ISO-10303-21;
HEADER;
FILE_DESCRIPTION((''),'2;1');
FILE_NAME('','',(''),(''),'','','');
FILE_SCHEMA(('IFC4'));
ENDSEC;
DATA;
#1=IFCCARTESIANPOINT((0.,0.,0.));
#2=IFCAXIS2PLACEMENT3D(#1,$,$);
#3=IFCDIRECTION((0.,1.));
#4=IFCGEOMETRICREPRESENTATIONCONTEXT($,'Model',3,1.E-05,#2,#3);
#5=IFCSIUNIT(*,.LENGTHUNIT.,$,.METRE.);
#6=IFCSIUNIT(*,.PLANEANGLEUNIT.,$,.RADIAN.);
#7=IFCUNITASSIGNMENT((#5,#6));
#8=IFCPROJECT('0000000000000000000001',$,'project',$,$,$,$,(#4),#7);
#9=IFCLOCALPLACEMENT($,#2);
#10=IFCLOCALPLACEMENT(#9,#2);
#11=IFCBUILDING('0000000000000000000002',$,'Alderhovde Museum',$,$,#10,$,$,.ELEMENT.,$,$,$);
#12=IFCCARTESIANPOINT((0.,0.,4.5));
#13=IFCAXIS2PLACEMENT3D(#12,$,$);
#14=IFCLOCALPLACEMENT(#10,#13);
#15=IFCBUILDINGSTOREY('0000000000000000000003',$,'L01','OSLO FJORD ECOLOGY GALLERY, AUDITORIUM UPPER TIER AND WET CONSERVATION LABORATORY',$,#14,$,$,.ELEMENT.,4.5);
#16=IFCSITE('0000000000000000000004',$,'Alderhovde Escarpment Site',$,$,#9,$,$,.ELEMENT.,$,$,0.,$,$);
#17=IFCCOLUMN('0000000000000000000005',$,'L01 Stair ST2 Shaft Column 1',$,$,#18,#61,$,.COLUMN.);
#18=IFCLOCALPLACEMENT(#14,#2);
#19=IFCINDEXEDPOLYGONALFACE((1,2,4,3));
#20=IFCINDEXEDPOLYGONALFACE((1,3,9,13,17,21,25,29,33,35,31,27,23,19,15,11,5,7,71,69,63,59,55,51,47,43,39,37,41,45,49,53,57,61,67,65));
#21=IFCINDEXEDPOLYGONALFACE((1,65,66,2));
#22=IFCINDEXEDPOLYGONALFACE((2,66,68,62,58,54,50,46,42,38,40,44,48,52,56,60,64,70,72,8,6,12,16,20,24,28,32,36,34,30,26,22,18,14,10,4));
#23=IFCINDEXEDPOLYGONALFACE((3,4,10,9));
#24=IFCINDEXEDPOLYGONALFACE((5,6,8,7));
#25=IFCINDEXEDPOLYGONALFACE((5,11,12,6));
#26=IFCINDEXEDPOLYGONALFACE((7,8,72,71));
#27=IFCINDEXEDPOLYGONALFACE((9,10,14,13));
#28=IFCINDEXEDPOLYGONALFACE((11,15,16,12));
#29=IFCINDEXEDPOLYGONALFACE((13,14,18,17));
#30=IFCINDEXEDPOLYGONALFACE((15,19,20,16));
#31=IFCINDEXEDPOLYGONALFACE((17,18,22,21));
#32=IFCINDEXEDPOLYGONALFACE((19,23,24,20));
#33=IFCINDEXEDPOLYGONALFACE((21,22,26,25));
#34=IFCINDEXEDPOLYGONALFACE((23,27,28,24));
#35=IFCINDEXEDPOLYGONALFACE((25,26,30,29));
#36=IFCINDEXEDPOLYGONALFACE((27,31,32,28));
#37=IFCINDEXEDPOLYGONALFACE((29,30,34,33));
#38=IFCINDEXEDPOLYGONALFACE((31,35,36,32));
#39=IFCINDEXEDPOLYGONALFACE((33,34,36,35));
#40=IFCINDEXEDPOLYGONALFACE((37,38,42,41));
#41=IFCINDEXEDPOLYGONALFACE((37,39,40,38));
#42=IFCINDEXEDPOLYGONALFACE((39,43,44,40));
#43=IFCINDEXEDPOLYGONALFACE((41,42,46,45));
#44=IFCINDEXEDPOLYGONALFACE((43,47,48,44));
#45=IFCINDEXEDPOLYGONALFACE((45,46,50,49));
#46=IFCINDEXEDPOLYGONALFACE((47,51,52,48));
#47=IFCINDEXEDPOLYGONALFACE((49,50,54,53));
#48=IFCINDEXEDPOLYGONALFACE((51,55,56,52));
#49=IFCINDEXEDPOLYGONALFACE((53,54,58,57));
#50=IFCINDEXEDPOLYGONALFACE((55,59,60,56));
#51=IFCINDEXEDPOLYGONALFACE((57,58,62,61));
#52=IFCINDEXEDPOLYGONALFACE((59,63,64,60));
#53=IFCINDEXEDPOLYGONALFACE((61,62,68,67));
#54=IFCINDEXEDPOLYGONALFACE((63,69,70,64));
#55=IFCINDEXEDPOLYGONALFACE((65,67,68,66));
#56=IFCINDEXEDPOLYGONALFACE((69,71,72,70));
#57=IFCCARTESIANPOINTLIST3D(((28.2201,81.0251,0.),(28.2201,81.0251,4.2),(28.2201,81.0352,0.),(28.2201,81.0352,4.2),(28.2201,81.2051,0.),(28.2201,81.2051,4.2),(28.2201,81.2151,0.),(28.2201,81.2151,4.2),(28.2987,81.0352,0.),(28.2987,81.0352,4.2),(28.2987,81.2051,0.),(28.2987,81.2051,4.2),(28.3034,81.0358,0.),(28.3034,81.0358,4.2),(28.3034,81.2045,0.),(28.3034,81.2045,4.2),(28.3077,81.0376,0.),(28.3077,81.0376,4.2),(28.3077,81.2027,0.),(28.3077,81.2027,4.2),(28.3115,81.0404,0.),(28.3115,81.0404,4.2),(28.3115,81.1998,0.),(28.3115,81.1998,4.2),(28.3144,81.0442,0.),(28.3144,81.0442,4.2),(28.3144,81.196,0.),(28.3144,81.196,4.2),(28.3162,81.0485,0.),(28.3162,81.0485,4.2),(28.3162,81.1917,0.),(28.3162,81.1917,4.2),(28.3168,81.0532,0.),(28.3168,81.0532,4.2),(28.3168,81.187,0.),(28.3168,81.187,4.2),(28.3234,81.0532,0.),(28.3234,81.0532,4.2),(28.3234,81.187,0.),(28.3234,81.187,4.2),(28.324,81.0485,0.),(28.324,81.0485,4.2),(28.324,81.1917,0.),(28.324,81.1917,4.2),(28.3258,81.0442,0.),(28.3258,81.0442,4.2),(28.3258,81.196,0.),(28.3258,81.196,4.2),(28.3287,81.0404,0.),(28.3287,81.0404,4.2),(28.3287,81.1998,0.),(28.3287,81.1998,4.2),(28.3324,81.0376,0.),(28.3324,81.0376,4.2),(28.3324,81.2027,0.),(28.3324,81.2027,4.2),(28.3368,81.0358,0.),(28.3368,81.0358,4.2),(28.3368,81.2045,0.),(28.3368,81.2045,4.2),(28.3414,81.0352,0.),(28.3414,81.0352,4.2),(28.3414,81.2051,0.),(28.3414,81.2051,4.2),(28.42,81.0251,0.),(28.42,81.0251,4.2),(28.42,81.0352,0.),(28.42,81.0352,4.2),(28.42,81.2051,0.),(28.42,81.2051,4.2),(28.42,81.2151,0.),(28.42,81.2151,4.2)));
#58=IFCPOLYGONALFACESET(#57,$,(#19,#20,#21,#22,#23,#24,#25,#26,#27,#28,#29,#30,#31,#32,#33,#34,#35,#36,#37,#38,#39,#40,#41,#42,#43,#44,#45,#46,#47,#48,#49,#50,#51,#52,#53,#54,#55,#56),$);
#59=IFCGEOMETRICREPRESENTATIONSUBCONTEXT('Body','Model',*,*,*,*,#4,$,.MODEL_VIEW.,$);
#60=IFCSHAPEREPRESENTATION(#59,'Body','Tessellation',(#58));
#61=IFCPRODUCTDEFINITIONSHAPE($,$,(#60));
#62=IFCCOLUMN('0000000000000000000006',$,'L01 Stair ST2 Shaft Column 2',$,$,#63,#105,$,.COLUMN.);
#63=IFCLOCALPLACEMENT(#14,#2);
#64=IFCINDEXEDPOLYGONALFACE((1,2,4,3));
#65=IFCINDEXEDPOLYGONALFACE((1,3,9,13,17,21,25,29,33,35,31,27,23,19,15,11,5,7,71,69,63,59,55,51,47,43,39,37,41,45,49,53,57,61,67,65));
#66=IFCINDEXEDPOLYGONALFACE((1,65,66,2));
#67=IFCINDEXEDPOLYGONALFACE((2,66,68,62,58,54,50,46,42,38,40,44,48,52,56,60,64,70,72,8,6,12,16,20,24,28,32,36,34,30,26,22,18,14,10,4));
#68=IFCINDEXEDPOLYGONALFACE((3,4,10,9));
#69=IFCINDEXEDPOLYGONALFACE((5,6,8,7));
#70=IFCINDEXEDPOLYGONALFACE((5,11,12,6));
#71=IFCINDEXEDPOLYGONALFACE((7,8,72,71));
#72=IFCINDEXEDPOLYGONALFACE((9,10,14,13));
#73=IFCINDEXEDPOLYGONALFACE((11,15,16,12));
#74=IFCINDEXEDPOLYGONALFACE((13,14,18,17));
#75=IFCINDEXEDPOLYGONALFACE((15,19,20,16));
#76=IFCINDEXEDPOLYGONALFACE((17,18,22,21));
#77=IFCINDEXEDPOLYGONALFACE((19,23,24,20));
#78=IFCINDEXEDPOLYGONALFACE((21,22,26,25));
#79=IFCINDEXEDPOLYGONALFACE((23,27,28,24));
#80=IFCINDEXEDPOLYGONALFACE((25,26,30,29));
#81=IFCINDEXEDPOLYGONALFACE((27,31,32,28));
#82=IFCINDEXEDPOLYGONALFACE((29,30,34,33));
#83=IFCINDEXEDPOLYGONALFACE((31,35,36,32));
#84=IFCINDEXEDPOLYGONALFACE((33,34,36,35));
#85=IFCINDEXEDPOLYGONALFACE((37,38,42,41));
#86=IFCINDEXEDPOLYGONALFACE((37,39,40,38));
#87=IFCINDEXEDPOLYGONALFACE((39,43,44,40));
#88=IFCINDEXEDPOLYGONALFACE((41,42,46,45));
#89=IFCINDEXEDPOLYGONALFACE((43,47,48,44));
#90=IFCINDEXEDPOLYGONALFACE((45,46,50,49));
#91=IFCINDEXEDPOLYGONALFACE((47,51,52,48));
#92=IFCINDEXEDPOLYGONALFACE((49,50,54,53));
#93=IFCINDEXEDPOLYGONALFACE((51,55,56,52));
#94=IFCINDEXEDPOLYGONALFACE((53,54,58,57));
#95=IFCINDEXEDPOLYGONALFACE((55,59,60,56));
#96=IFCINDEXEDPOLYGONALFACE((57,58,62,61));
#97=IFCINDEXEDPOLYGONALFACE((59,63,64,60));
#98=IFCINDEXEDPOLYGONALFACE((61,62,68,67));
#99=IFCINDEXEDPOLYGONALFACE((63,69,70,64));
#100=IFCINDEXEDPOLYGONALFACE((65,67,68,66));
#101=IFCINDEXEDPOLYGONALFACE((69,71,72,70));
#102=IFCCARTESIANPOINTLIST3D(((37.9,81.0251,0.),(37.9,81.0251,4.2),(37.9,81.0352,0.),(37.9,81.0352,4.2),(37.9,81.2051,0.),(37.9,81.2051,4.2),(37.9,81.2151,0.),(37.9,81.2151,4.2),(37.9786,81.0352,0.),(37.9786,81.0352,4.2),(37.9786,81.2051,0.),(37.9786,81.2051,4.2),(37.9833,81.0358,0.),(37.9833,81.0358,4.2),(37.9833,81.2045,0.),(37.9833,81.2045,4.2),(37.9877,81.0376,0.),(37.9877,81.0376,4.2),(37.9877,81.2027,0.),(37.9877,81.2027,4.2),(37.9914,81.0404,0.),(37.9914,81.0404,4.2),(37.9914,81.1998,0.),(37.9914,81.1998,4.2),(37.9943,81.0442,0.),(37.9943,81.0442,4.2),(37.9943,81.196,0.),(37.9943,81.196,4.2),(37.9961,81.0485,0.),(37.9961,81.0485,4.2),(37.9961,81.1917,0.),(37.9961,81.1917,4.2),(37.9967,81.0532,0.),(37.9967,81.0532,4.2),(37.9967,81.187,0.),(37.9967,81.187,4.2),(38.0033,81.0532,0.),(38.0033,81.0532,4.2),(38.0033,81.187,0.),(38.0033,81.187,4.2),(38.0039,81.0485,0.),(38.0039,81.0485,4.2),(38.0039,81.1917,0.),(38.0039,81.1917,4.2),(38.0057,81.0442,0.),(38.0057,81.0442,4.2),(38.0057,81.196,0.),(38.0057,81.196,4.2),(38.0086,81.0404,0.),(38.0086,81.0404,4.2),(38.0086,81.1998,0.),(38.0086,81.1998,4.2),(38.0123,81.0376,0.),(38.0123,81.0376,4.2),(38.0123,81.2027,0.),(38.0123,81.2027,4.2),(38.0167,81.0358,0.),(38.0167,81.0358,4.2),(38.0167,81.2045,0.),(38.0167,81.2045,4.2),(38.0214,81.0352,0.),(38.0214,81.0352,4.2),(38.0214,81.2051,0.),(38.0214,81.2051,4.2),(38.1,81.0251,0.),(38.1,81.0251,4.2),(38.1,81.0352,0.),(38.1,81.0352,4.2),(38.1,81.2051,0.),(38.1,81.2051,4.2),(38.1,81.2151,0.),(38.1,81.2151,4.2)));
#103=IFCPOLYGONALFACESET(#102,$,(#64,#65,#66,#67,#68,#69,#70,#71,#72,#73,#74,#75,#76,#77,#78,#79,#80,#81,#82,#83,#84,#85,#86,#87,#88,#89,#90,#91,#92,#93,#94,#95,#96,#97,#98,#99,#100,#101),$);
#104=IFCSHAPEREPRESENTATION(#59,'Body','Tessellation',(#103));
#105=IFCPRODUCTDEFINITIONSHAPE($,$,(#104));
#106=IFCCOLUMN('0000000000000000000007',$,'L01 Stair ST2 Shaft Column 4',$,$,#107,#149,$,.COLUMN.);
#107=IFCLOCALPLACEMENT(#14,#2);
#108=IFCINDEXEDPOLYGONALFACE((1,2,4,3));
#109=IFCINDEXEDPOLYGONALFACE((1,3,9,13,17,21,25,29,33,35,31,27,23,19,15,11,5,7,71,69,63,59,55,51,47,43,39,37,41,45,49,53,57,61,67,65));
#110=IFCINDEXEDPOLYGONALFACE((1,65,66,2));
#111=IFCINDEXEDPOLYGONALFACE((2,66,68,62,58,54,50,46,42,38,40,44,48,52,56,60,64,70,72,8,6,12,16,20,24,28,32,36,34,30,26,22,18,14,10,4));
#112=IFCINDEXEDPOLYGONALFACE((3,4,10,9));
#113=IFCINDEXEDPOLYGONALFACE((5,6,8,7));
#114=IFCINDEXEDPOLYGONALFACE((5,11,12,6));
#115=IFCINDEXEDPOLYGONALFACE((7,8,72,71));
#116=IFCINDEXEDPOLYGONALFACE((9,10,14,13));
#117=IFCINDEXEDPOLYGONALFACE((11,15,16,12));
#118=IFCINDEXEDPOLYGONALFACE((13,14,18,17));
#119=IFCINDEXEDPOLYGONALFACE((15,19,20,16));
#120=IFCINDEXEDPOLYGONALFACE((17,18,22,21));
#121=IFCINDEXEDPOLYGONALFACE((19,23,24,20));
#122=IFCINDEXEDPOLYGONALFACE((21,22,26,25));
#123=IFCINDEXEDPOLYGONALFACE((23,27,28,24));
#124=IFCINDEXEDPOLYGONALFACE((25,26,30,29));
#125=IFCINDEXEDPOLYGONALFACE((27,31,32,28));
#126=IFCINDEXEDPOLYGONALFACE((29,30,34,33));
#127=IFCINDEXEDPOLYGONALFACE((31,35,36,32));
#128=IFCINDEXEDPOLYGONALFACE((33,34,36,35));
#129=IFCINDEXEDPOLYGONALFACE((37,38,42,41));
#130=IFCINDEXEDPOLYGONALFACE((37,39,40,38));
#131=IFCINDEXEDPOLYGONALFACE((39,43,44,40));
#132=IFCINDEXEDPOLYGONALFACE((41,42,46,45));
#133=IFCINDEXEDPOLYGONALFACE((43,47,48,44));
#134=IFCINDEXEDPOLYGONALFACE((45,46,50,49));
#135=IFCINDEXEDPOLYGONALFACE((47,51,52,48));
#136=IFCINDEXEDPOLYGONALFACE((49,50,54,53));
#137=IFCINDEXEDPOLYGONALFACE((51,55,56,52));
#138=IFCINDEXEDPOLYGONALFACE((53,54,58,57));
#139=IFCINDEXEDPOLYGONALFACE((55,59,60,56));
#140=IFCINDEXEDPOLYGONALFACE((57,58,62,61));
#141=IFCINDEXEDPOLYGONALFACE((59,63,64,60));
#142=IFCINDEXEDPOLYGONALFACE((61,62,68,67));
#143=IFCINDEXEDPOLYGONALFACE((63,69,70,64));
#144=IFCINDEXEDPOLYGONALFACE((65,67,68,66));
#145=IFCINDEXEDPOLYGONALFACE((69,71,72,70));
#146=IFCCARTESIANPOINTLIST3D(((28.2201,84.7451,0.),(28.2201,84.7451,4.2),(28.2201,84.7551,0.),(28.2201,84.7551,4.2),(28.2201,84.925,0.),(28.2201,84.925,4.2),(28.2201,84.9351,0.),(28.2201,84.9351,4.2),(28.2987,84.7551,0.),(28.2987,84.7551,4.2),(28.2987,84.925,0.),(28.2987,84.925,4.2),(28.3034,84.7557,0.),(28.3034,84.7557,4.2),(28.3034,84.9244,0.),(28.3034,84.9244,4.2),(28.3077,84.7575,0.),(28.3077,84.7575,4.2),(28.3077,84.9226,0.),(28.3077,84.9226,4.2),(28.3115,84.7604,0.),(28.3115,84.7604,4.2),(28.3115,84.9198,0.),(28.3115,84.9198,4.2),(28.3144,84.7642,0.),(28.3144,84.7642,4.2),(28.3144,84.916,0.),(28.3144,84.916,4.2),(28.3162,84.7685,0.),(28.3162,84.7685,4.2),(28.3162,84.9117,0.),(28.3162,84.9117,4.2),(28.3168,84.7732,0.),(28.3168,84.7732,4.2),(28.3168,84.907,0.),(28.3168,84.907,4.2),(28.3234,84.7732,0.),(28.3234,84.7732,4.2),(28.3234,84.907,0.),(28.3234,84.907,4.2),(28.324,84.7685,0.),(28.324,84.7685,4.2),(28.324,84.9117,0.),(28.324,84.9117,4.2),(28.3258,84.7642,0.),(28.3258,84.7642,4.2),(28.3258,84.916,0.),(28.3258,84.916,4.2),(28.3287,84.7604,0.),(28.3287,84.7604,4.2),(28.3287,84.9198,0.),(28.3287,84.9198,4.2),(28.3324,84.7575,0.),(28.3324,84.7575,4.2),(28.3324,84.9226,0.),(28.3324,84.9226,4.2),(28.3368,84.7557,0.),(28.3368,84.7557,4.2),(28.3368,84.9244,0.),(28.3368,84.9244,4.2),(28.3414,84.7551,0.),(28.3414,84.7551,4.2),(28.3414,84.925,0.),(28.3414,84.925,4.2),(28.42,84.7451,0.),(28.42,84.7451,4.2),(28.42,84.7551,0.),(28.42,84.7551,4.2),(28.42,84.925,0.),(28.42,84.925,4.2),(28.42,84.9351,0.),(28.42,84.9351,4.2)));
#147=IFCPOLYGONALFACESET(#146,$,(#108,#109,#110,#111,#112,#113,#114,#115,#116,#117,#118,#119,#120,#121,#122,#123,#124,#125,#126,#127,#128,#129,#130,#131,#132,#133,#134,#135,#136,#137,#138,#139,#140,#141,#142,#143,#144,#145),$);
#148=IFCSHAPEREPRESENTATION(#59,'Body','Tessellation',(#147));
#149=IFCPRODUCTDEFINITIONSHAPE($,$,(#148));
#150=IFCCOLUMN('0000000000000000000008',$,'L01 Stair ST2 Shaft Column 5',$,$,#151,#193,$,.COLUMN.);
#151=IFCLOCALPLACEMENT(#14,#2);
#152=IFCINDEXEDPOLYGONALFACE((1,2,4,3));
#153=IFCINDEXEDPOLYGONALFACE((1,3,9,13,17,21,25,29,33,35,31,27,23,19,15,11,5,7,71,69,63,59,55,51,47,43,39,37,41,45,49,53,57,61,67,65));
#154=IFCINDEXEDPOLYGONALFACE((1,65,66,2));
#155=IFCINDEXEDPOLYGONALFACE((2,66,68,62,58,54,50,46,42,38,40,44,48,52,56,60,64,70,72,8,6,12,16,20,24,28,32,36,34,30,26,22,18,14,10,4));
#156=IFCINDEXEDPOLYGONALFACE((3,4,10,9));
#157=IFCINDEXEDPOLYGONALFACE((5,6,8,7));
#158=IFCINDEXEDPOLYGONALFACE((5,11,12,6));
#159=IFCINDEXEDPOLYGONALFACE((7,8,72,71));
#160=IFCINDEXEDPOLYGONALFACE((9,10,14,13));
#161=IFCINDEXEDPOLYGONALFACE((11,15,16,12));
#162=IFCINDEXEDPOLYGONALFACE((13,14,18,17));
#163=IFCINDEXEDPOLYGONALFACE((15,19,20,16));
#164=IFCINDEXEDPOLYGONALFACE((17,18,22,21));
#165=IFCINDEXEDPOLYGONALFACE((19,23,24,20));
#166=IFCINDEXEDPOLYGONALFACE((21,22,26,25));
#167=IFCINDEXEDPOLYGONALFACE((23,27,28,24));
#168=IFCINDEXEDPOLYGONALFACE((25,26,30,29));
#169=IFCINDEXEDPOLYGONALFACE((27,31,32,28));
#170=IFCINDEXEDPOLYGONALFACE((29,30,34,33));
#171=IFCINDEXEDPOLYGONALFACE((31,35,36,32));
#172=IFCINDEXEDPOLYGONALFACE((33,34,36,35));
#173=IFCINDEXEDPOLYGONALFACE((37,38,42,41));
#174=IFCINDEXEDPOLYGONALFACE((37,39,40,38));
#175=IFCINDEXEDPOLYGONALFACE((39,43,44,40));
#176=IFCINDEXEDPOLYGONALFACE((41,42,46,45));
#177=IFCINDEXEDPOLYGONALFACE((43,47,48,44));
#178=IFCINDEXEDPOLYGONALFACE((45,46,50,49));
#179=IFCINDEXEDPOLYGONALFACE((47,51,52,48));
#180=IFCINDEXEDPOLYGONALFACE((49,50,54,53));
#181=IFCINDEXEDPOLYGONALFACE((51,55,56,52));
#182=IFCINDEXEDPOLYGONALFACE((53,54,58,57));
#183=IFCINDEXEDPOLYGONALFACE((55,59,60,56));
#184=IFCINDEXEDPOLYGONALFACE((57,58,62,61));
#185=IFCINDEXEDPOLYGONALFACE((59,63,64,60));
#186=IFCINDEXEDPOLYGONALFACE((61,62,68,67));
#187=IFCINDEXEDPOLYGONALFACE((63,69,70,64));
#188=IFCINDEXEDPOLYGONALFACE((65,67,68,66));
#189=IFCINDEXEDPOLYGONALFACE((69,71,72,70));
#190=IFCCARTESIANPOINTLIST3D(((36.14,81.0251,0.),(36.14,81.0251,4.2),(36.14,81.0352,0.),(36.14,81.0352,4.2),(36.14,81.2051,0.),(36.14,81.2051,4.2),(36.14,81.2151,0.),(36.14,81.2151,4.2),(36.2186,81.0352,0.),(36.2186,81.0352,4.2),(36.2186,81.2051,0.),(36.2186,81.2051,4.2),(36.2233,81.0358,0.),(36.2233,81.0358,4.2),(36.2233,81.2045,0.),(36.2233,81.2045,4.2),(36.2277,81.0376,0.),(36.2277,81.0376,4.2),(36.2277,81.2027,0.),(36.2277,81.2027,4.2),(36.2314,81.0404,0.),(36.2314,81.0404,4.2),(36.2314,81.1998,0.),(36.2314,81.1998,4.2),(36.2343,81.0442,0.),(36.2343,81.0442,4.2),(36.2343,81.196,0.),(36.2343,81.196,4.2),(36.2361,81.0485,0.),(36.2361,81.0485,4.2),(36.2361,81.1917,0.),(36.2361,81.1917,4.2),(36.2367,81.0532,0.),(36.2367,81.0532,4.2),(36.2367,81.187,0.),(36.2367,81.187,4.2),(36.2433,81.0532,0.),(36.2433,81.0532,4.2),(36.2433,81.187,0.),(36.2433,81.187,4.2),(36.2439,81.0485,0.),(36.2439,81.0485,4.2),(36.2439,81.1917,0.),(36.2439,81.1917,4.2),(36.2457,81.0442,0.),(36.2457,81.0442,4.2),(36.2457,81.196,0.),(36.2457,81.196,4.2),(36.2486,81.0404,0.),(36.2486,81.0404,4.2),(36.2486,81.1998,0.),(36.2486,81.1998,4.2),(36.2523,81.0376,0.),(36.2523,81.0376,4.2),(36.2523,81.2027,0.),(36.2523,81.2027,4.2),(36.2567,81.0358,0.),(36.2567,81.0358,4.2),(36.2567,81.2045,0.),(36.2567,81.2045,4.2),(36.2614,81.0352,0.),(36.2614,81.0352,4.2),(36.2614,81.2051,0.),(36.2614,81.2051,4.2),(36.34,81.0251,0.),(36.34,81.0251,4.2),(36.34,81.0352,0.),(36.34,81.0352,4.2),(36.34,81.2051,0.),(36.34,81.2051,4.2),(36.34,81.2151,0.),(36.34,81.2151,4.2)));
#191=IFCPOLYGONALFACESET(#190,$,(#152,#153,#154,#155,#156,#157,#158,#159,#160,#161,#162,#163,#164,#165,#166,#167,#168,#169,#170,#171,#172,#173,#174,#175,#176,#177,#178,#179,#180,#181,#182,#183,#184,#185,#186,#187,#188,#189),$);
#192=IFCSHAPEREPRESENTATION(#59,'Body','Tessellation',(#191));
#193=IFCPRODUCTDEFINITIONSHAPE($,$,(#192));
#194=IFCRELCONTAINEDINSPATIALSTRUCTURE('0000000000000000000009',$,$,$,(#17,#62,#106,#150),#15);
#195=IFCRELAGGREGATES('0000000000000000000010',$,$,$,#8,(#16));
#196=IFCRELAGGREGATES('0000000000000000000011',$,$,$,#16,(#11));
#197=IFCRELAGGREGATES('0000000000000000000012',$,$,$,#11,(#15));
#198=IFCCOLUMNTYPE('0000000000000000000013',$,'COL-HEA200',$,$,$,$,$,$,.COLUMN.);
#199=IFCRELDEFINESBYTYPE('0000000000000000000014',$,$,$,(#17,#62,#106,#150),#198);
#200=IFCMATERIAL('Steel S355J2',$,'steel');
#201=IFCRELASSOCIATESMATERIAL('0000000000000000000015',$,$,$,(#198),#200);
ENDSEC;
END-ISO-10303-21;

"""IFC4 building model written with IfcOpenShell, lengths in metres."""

from ifc_helpers import new_model, si_unit, direction, frame, origin, origin_2d, place, context, subcontext, project, spatial, i_section, extrude, material, material_profile, profile_set, type_object, element, save


model = new_model("IFC4")

# Units and contexts
model_context = context("Model", 3, precision=1e-05, world=origin(), true_north=direction((0.0, 1.0)))
body_context = subcontext(model_context, "Body", "Model", "MODEL_VIEW")
ifc_project = project(units=[si_unit("LENGTHUNIT", "METRE"), si_unit("PLANEANGLEUNIT", "RADIAN")], contexts=[model_context])

# Site, building, storey
site_placement = place(None, origin())
site = spatial("IfcSite", under=ifc_project, at=site_placement, Name="Alderhovde Escarpment Site", CompositionType="ELEMENT", RefElevation=0.0)
building_placement = place(site_placement, origin())
building = spatial("IfcBuilding", under=site, at=building_placement, Name="Alderhovde Museum", CompositionType="ELEMENT")
storey_placement = place(building_placement, frame((0.0, 0.0, 4.5)))
storey = spatial("IfcBuildingStorey", under=building, at=storey_placement, Name="L01", Description="OSLO FJORD ECOLOGY GALLERY, AUDITORIUM UPPER TIER AND WET CONSERVATION LABORATORY", CompositionType="ELEMENT", Elevation=4.5)

# Columns
ifc_material_1 = material(Name="Steel S355J2", Category="steel")
ifc_material_profile_1 = material_profile(ifc_material_1, i_section(OverallWidth=0.2, OverallDepth=0.1899, WebThickness=0.0066, FlangeThickness=0.01, FilletRadius=0.0181, at=origin_2d()), Name="HEA 200")
ifc_profile_set_1 = profile_set([ifc_material_profile_1], Name="Steel S355J2")
column_type_1 = type_object("IfcColumnType", Name="COL-HEA200", PredefinedType="COLUMN", material=ifc_profile_set_1)
for number, where, z_axis, x_axis, name in (
    (1, (28.3201, 81.1201, 0.0), (0.0, 0.0, 1.0), (1.0, 0.0, 0.0), "L01 Stair ST2 Shaft Column 1"),
    (2, (38.0, 81.1201, 0.0), (0.0, 0.0, 1.0), (1.0, 0.0, 0.0), "L01 Stair ST2 Shaft Column 2"),
    (3, (28.3201, 84.8401, 0.0), (0.0, 0.0, 1.0), (1.0, 0.0, 0.0), "L01 Stair ST2 Shaft Column 4"),
    (4, (36.24, 81.1201, 0.0), (0.0, 0.0, 1.0), (1.0, 0.0, 0.0), "L01 Stair ST2 Shaft Column 5"),
):
    element("IfcColumn", number, at=place(storey_placement, frame(where, z_axis=z_axis, x_axis=x_axis)), inside=storey, type_object=column_type_1, Name=name, PredefinedType="COLUMN", context=body_context, shape_type="SweptSolid", body=[
        extrude(i_section(OverallWidth=0.2, OverallDepth=0.1899, WebThickness=0.0066, FlangeThickness=0.01, FilletRadius=0.0181, at=origin_2d()), origin(), (0.0, 0.0, 1.0), 4.2),
    ])

save(model, "model.ifc")
